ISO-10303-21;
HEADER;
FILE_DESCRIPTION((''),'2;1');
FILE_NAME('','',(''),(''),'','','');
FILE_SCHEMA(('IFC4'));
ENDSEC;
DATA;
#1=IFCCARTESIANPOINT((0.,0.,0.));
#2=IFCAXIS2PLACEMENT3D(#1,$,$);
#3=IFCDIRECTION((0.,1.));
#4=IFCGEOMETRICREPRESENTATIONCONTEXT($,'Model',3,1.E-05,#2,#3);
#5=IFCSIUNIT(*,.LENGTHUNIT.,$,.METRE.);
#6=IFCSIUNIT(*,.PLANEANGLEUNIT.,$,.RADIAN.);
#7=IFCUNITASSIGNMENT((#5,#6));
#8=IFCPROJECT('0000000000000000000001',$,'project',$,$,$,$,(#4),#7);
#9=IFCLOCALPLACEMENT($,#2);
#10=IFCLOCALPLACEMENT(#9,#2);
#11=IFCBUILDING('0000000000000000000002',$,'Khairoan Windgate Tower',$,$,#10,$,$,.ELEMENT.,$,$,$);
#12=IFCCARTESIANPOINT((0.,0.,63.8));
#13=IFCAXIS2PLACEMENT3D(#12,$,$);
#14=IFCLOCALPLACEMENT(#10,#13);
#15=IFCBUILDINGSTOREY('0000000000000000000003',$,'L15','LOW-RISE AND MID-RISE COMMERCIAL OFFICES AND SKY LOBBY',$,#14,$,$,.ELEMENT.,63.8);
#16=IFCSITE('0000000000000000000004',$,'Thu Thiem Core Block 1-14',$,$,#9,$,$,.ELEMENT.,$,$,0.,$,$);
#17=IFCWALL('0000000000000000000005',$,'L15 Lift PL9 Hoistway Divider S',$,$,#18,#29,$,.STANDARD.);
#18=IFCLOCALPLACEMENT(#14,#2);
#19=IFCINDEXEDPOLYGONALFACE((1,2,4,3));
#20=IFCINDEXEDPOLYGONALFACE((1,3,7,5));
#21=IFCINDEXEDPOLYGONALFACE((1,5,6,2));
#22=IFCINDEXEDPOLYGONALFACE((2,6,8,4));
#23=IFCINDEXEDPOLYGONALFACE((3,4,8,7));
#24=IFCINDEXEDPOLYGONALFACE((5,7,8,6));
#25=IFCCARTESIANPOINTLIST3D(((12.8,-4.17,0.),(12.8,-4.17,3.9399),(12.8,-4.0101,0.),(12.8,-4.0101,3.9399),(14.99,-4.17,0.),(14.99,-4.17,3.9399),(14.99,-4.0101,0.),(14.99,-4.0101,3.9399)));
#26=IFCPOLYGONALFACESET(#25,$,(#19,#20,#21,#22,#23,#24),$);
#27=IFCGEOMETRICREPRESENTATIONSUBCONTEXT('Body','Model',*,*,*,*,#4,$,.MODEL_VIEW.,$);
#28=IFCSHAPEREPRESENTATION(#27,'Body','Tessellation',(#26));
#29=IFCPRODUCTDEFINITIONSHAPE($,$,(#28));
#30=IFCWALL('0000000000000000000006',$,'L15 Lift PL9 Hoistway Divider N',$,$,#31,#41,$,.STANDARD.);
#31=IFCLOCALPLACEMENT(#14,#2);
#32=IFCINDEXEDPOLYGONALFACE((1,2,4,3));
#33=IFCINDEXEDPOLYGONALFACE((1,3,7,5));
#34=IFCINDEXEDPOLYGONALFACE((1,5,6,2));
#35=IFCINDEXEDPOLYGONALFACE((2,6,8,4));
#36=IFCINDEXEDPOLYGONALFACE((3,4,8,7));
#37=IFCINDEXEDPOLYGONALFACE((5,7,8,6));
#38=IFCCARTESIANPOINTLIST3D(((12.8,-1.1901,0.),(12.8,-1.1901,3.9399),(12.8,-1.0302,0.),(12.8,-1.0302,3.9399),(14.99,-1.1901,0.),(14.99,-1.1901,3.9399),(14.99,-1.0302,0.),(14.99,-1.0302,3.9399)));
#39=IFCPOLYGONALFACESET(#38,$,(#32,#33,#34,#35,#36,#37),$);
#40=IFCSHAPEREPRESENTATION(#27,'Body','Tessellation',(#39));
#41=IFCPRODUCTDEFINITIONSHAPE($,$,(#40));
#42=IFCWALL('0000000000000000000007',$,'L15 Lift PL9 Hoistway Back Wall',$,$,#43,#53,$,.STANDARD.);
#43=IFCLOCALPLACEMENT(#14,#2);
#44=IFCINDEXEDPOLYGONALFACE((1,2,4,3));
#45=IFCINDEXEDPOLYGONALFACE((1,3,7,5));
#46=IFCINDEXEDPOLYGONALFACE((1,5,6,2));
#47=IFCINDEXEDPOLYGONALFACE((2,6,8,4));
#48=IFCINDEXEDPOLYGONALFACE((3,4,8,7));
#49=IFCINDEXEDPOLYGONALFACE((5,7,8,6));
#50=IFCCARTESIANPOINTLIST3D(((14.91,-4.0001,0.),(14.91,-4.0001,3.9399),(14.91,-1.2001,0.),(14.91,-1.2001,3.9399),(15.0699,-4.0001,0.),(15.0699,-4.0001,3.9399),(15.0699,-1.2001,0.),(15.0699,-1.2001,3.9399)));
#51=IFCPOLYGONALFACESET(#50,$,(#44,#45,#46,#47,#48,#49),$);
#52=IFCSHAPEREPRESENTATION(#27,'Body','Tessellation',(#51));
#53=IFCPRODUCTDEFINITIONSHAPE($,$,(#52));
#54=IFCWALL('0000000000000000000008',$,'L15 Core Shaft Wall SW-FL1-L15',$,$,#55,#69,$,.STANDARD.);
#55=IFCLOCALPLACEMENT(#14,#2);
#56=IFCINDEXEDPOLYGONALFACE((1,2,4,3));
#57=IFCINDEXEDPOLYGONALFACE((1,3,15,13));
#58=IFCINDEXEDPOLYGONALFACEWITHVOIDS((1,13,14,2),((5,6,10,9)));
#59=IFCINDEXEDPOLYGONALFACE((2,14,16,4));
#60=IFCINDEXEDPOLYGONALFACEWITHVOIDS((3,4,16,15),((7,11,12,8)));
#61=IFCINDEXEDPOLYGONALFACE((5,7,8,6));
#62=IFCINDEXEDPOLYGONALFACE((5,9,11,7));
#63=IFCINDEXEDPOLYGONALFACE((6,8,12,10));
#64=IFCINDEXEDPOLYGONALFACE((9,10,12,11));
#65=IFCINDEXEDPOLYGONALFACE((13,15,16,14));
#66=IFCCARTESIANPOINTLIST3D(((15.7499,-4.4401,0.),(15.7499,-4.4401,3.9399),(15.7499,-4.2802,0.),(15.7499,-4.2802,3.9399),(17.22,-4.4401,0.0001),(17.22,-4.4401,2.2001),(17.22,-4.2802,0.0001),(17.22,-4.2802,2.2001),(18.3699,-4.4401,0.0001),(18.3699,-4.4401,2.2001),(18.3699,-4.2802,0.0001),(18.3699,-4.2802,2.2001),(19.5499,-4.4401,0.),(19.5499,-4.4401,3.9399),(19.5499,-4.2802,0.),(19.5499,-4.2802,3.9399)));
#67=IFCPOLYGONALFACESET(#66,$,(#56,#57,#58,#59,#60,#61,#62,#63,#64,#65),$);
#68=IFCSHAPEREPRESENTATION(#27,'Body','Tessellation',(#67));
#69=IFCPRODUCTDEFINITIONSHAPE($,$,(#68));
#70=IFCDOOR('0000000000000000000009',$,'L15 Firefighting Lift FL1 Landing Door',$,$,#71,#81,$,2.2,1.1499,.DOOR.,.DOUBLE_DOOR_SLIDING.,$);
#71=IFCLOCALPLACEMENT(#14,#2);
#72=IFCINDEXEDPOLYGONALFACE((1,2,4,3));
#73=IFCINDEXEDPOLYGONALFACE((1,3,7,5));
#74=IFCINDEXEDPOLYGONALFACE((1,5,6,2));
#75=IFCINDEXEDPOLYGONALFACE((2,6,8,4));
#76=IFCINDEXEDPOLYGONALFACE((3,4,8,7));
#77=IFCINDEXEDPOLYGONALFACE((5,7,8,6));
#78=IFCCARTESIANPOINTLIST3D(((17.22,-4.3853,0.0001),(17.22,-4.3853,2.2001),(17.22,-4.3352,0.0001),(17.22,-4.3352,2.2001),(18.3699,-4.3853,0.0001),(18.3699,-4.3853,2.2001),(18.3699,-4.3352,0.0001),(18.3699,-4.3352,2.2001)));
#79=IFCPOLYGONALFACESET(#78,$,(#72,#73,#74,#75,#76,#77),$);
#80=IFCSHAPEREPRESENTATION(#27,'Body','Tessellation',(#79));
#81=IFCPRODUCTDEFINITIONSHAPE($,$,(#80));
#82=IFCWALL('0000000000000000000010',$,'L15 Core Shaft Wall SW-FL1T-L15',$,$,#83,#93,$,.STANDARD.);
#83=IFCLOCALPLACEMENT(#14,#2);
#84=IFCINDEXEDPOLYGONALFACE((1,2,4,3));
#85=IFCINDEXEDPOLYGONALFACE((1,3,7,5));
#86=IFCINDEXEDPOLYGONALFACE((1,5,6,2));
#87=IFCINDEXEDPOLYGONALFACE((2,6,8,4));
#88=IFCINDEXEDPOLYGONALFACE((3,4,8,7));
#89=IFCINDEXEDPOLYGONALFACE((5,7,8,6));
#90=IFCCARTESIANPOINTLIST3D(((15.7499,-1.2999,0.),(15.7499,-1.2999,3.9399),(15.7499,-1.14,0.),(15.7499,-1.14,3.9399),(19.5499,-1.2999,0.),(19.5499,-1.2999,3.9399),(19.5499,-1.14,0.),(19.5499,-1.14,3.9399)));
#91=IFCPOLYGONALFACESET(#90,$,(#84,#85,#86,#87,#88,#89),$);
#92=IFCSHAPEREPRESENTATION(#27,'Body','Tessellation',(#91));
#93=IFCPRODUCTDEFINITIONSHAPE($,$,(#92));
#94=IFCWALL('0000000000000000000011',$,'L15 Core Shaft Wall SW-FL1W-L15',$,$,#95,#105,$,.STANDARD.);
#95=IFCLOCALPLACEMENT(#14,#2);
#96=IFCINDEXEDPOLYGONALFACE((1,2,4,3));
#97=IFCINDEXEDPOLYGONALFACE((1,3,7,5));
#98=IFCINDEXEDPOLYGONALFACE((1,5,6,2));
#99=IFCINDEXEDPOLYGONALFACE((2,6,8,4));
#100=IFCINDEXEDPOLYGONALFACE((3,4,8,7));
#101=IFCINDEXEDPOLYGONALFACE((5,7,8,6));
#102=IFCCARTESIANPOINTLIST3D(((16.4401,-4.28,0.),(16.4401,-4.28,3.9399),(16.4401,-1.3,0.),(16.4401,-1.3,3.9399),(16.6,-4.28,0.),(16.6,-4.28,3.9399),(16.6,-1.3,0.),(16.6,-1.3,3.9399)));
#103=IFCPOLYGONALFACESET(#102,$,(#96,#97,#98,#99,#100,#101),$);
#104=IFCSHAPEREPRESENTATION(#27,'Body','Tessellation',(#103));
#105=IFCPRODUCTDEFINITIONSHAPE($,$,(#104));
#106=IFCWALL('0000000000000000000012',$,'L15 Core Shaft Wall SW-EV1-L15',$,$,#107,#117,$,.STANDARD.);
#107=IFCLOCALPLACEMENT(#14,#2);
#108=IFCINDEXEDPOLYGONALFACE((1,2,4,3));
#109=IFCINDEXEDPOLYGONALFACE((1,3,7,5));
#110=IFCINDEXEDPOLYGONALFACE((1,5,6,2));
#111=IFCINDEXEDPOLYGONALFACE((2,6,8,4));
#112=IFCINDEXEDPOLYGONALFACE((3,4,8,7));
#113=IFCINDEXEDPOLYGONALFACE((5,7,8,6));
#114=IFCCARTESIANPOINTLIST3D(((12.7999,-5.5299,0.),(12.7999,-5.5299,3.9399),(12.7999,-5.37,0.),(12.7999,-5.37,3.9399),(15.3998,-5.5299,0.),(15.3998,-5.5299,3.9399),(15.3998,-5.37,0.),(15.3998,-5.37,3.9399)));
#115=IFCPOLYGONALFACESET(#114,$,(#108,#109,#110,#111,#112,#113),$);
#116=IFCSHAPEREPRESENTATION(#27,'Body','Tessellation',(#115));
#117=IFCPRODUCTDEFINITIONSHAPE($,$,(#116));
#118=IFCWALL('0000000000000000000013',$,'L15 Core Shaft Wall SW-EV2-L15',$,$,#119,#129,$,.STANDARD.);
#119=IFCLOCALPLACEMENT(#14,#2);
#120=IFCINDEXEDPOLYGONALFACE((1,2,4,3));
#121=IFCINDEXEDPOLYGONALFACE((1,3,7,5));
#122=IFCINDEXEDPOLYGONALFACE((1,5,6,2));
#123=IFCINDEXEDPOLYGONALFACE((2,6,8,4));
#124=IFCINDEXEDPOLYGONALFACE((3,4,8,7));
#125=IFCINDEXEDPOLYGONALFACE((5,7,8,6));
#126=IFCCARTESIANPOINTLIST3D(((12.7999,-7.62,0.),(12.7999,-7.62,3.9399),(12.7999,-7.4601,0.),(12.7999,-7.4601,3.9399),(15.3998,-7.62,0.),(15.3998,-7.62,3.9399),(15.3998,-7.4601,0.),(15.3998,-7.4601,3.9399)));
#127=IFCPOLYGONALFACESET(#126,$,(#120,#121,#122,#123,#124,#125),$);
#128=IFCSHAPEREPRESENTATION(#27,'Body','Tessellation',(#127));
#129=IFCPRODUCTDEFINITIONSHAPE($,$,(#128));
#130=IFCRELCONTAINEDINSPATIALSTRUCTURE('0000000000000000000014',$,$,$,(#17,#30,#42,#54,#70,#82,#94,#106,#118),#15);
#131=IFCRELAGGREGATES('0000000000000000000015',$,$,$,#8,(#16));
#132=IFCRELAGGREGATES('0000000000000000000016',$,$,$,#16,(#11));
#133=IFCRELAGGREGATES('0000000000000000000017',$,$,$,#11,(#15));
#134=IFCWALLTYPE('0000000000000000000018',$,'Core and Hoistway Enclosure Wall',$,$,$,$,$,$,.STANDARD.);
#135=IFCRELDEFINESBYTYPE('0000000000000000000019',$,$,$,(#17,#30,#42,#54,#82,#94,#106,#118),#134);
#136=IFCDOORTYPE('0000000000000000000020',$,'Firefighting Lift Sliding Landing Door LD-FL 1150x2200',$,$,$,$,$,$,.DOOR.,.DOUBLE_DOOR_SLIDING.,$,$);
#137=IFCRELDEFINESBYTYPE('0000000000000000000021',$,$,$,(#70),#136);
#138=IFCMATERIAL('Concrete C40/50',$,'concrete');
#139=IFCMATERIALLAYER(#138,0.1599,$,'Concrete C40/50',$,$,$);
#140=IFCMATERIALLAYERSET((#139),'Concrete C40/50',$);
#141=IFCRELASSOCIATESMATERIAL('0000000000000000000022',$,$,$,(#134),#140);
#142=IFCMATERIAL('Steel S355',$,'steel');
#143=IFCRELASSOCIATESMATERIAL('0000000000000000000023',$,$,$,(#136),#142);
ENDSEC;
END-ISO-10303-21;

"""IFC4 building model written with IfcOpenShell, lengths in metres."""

from ifc_helpers import new_model, si_unit, direction, frame, frame_2d, origin, place, context, subcontext, project, spatial, rectangle, extrude, material, layer, layer_set, type_object, element, fill, save


model = new_model("IFC4")

# Units and contexts
model_context = context("Model", 3, precision=1e-05, world=origin(), true_north=direction((0.0, 1.0)))
body_context = subcontext(model_context, "Body", "Model", "MODEL_VIEW")
ifc_project = project(units=[si_unit("LENGTHUNIT", "METRE"), si_unit("PLANEANGLEUNIT", "RADIAN")], contexts=[model_context])

# Site, building, storey
site_placement = place(None, origin())
site = spatial("IfcSite", under=ifc_project, at=site_placement, Name="Thu Thiem Core Block 1-14", CompositionType="ELEMENT", RefElevation=0.0)
building_placement = place(site_placement, origin())
building = spatial("IfcBuilding", under=site, at=building_placement, Name="Khairoan Windgate Tower", CompositionType="ELEMENT")
storey_placement = place(building_placement, frame((0.0, 0.0, 63.8)))
storey = spatial("IfcBuildingStorey", under=building, at=storey_placement, Name="L15", Description="LOW-RISE AND MID-RISE COMMERCIAL OFFICES AND SKY LOBBY", CompositionType="ELEMENT", Elevation=63.8)

# Walls
ifc_material_1 = material(Name="Concrete C40/50", Category="concrete")
ifc_layer = layer(ifc_material_1, 0.1599, Name="Concrete C40/50")
ifc_layer_set = layer_set([ifc_layer], Name="Concrete C40/50")
wall_type = type_object("IfcWallType", Name="Core and Hoistway Enclosure Wall", PredefinedType="STANDARD", material=ifc_layer_set)
for number, where, z_axis, x_axis, name in (
    (1, (12.8, -4.0901, 0.0), (0.0, 0.0, 1.0), (1.0, 0.0, 0.0), "L15 Lift PL9 Hoistway Divider S"),
    (2, (12.8, -1.1101, 0.0), (0.0, 0.0, 1.0), (1.0, 0.0, 0.0), "L15 Lift PL9 Hoistway Divider N"),
):
    element("IfcWall", number, at=place(storey_placement, frame(where, z_axis=z_axis, x_axis=x_axis)), inside=storey, type_object=wall_type, Name=name, PredefinedType="STANDARD", context=body_context, shape_type="SweptSolid", body=[
        extrude(rectangle(XDim=2.1899, YDim=0.1599, at=frame_2d((1.095, 0.0))), origin(), (0.0, 0.0, 1.0), 3.9399),
    ])
wall_1_placement = place(storey_placement, frame((14.99, -4.0, 0.0), z_axis=(0.0, 0.0, 1.0), x_axis=(0.0, 1.0, 0.0)))
element("IfcWall", 3, at=wall_1_placement, inside=storey, type_object=wall_type, Name="L15 Lift PL9 Hoistway Back Wall", PredefinedType="STANDARD", context=body_context, shape_type="SweptSolid", body=[
    extrude(rectangle(XDim=2.8, YDim=0.1599, at=frame_2d((1.3999, 0.0))), origin(), (0.0, 0.0, 1.0), 3.9399),
])

# Wall, opening, door
wall_2_placement = place(storey_placement, frame((15.75, -4.3601, 0.0), z_axis=(0.0, 0.0, 1.0), x_axis=(1.0, 0.0, 0.0)))
wall_2 = element("IfcWall", 4, at=wall_2_placement, inside=storey, type_object=wall_type, Name="L15 Core Shaft Wall SW-FL1-L15", PredefinedType="STANDARD", context=body_context, shape_type="SweptSolid", body=[
    extrude(rectangle(XDim=3.8, YDim=0.1599, at=frame_2d((1.8999, 0.0))), origin(), (0.0, 0.0, 1.0), 3.9399),
])
opening_placement = place(wall_2_placement, frame((1.47, 0.0, 0.0)))
opening = element("IfcOpeningElement", 5, at=opening_placement, cuts=wall_2, PredefinedType="OPENING", context=body_context, shape_type="SweptSolid", body=[
    extrude(rectangle(XDim=1.1499, YDim=2.2, at=frame_2d((0.575, 1.1001))), frame((0.0, 0.0898, 0.0), z_axis=(0.0, -1.0, 0.0), x_axis=(1.0, 0.0, 0.0)), (0.0, 0.0, 1.0), 0.1799),
])
ifc_material_2 = material(Name="Steel S355", Category="steel")
door_type = type_object("IfcDoorType", Name="Firefighting Lift Sliding Landing Door LD-FL 1150x2200", OperationType="DOUBLE_DOOR_SLIDING", PredefinedType="DOOR", material=ifc_material_2)
door_placement = place(opening_placement, origin())
door = element("IfcDoor", 6, at=door_placement, inside=storey, type_object=door_type, Name="L15 Firefighting Lift FL1 Landing Door", OperationType="DOUBLE_DOOR_SLIDING", OverallHeight=2.2, OverallWidth=1.1499, PredefinedType="DOOR", context=body_context, shape_type="SweptSolid", body=[
    extrude(rectangle(XDim=1.1499, YDim=2.2, at=frame_2d((0.575, 1.1001))), frame((0.0, 0.0249, 0.0), z_axis=(0.0, -1.0, 0.0), x_axis=(1.0, 0.0, 0.0)), (0.0, 0.0, 1.0), 0.05),
])
fill(opening, door)

# Walls
wall_3_placement = place(storey_placement, frame((15.75, -1.22, 0.0), z_axis=(0.0, 0.0, 1.0), x_axis=(1.0, 0.0, 0.0)))
element("IfcWall", 7, at=wall_3_placement, inside=storey, type_object=wall_type, Name="L15 Core Shaft Wall SW-FL1T-L15", PredefinedType="STANDARD", context=body_context, shape_type="SweptSolid", body=[
    extrude(rectangle(XDim=3.8, YDim=0.1599, at=frame_2d((1.8999, 0.0))), origin(), (0.0, 0.0, 1.0), 3.9399),
])
wall_4_placement = place(storey_placement, frame((16.52, -4.28, 0.0), z_axis=(0.0, 0.0, 1.0), x_axis=(0.0, 1.0, 0.0)))
element("IfcWall", 8, at=wall_4_placement, inside=storey, type_object=wall_type, Name="L15 Core Shaft Wall SW-FL1W-L15", PredefinedType="STANDARD", context=body_context, shape_type="SweptSolid", body=[
    extrude(rectangle(XDim=2.98, YDim=0.1599, at=frame_2d((1.49, 0.0))), origin(), (0.0, 0.0, 1.0), 3.9399),
])
for number, where, z_axis, x_axis, name in (
    (9, (12.8, -5.45, 0.0), (0.0, 0.0, 1.0), (1.0, 0.0, 0.0), "L15 Core Shaft Wall SW-EV1-L15"),
    (10, (12.8, -7.54, 0.0), (0.0, 0.0, 1.0), (1.0, 0.0, 0.0), "L15 Core Shaft Wall SW-EV2-L15"),
):
    element("IfcWall", number, at=place(storey_placement, frame(where, z_axis=z_axis, x_axis=x_axis)), inside=storey, type_object=wall_type, Name=name, PredefinedType="STANDARD", context=body_context, shape_type="SweptSolid", body=[
        extrude(rectangle(XDim=2.5999, YDim=0.1599, at=frame_2d((1.2998, 0.0))), origin(), (0.0, 0.0, 1.0), 3.9399),
    ])

save(model, "model.ifc")
